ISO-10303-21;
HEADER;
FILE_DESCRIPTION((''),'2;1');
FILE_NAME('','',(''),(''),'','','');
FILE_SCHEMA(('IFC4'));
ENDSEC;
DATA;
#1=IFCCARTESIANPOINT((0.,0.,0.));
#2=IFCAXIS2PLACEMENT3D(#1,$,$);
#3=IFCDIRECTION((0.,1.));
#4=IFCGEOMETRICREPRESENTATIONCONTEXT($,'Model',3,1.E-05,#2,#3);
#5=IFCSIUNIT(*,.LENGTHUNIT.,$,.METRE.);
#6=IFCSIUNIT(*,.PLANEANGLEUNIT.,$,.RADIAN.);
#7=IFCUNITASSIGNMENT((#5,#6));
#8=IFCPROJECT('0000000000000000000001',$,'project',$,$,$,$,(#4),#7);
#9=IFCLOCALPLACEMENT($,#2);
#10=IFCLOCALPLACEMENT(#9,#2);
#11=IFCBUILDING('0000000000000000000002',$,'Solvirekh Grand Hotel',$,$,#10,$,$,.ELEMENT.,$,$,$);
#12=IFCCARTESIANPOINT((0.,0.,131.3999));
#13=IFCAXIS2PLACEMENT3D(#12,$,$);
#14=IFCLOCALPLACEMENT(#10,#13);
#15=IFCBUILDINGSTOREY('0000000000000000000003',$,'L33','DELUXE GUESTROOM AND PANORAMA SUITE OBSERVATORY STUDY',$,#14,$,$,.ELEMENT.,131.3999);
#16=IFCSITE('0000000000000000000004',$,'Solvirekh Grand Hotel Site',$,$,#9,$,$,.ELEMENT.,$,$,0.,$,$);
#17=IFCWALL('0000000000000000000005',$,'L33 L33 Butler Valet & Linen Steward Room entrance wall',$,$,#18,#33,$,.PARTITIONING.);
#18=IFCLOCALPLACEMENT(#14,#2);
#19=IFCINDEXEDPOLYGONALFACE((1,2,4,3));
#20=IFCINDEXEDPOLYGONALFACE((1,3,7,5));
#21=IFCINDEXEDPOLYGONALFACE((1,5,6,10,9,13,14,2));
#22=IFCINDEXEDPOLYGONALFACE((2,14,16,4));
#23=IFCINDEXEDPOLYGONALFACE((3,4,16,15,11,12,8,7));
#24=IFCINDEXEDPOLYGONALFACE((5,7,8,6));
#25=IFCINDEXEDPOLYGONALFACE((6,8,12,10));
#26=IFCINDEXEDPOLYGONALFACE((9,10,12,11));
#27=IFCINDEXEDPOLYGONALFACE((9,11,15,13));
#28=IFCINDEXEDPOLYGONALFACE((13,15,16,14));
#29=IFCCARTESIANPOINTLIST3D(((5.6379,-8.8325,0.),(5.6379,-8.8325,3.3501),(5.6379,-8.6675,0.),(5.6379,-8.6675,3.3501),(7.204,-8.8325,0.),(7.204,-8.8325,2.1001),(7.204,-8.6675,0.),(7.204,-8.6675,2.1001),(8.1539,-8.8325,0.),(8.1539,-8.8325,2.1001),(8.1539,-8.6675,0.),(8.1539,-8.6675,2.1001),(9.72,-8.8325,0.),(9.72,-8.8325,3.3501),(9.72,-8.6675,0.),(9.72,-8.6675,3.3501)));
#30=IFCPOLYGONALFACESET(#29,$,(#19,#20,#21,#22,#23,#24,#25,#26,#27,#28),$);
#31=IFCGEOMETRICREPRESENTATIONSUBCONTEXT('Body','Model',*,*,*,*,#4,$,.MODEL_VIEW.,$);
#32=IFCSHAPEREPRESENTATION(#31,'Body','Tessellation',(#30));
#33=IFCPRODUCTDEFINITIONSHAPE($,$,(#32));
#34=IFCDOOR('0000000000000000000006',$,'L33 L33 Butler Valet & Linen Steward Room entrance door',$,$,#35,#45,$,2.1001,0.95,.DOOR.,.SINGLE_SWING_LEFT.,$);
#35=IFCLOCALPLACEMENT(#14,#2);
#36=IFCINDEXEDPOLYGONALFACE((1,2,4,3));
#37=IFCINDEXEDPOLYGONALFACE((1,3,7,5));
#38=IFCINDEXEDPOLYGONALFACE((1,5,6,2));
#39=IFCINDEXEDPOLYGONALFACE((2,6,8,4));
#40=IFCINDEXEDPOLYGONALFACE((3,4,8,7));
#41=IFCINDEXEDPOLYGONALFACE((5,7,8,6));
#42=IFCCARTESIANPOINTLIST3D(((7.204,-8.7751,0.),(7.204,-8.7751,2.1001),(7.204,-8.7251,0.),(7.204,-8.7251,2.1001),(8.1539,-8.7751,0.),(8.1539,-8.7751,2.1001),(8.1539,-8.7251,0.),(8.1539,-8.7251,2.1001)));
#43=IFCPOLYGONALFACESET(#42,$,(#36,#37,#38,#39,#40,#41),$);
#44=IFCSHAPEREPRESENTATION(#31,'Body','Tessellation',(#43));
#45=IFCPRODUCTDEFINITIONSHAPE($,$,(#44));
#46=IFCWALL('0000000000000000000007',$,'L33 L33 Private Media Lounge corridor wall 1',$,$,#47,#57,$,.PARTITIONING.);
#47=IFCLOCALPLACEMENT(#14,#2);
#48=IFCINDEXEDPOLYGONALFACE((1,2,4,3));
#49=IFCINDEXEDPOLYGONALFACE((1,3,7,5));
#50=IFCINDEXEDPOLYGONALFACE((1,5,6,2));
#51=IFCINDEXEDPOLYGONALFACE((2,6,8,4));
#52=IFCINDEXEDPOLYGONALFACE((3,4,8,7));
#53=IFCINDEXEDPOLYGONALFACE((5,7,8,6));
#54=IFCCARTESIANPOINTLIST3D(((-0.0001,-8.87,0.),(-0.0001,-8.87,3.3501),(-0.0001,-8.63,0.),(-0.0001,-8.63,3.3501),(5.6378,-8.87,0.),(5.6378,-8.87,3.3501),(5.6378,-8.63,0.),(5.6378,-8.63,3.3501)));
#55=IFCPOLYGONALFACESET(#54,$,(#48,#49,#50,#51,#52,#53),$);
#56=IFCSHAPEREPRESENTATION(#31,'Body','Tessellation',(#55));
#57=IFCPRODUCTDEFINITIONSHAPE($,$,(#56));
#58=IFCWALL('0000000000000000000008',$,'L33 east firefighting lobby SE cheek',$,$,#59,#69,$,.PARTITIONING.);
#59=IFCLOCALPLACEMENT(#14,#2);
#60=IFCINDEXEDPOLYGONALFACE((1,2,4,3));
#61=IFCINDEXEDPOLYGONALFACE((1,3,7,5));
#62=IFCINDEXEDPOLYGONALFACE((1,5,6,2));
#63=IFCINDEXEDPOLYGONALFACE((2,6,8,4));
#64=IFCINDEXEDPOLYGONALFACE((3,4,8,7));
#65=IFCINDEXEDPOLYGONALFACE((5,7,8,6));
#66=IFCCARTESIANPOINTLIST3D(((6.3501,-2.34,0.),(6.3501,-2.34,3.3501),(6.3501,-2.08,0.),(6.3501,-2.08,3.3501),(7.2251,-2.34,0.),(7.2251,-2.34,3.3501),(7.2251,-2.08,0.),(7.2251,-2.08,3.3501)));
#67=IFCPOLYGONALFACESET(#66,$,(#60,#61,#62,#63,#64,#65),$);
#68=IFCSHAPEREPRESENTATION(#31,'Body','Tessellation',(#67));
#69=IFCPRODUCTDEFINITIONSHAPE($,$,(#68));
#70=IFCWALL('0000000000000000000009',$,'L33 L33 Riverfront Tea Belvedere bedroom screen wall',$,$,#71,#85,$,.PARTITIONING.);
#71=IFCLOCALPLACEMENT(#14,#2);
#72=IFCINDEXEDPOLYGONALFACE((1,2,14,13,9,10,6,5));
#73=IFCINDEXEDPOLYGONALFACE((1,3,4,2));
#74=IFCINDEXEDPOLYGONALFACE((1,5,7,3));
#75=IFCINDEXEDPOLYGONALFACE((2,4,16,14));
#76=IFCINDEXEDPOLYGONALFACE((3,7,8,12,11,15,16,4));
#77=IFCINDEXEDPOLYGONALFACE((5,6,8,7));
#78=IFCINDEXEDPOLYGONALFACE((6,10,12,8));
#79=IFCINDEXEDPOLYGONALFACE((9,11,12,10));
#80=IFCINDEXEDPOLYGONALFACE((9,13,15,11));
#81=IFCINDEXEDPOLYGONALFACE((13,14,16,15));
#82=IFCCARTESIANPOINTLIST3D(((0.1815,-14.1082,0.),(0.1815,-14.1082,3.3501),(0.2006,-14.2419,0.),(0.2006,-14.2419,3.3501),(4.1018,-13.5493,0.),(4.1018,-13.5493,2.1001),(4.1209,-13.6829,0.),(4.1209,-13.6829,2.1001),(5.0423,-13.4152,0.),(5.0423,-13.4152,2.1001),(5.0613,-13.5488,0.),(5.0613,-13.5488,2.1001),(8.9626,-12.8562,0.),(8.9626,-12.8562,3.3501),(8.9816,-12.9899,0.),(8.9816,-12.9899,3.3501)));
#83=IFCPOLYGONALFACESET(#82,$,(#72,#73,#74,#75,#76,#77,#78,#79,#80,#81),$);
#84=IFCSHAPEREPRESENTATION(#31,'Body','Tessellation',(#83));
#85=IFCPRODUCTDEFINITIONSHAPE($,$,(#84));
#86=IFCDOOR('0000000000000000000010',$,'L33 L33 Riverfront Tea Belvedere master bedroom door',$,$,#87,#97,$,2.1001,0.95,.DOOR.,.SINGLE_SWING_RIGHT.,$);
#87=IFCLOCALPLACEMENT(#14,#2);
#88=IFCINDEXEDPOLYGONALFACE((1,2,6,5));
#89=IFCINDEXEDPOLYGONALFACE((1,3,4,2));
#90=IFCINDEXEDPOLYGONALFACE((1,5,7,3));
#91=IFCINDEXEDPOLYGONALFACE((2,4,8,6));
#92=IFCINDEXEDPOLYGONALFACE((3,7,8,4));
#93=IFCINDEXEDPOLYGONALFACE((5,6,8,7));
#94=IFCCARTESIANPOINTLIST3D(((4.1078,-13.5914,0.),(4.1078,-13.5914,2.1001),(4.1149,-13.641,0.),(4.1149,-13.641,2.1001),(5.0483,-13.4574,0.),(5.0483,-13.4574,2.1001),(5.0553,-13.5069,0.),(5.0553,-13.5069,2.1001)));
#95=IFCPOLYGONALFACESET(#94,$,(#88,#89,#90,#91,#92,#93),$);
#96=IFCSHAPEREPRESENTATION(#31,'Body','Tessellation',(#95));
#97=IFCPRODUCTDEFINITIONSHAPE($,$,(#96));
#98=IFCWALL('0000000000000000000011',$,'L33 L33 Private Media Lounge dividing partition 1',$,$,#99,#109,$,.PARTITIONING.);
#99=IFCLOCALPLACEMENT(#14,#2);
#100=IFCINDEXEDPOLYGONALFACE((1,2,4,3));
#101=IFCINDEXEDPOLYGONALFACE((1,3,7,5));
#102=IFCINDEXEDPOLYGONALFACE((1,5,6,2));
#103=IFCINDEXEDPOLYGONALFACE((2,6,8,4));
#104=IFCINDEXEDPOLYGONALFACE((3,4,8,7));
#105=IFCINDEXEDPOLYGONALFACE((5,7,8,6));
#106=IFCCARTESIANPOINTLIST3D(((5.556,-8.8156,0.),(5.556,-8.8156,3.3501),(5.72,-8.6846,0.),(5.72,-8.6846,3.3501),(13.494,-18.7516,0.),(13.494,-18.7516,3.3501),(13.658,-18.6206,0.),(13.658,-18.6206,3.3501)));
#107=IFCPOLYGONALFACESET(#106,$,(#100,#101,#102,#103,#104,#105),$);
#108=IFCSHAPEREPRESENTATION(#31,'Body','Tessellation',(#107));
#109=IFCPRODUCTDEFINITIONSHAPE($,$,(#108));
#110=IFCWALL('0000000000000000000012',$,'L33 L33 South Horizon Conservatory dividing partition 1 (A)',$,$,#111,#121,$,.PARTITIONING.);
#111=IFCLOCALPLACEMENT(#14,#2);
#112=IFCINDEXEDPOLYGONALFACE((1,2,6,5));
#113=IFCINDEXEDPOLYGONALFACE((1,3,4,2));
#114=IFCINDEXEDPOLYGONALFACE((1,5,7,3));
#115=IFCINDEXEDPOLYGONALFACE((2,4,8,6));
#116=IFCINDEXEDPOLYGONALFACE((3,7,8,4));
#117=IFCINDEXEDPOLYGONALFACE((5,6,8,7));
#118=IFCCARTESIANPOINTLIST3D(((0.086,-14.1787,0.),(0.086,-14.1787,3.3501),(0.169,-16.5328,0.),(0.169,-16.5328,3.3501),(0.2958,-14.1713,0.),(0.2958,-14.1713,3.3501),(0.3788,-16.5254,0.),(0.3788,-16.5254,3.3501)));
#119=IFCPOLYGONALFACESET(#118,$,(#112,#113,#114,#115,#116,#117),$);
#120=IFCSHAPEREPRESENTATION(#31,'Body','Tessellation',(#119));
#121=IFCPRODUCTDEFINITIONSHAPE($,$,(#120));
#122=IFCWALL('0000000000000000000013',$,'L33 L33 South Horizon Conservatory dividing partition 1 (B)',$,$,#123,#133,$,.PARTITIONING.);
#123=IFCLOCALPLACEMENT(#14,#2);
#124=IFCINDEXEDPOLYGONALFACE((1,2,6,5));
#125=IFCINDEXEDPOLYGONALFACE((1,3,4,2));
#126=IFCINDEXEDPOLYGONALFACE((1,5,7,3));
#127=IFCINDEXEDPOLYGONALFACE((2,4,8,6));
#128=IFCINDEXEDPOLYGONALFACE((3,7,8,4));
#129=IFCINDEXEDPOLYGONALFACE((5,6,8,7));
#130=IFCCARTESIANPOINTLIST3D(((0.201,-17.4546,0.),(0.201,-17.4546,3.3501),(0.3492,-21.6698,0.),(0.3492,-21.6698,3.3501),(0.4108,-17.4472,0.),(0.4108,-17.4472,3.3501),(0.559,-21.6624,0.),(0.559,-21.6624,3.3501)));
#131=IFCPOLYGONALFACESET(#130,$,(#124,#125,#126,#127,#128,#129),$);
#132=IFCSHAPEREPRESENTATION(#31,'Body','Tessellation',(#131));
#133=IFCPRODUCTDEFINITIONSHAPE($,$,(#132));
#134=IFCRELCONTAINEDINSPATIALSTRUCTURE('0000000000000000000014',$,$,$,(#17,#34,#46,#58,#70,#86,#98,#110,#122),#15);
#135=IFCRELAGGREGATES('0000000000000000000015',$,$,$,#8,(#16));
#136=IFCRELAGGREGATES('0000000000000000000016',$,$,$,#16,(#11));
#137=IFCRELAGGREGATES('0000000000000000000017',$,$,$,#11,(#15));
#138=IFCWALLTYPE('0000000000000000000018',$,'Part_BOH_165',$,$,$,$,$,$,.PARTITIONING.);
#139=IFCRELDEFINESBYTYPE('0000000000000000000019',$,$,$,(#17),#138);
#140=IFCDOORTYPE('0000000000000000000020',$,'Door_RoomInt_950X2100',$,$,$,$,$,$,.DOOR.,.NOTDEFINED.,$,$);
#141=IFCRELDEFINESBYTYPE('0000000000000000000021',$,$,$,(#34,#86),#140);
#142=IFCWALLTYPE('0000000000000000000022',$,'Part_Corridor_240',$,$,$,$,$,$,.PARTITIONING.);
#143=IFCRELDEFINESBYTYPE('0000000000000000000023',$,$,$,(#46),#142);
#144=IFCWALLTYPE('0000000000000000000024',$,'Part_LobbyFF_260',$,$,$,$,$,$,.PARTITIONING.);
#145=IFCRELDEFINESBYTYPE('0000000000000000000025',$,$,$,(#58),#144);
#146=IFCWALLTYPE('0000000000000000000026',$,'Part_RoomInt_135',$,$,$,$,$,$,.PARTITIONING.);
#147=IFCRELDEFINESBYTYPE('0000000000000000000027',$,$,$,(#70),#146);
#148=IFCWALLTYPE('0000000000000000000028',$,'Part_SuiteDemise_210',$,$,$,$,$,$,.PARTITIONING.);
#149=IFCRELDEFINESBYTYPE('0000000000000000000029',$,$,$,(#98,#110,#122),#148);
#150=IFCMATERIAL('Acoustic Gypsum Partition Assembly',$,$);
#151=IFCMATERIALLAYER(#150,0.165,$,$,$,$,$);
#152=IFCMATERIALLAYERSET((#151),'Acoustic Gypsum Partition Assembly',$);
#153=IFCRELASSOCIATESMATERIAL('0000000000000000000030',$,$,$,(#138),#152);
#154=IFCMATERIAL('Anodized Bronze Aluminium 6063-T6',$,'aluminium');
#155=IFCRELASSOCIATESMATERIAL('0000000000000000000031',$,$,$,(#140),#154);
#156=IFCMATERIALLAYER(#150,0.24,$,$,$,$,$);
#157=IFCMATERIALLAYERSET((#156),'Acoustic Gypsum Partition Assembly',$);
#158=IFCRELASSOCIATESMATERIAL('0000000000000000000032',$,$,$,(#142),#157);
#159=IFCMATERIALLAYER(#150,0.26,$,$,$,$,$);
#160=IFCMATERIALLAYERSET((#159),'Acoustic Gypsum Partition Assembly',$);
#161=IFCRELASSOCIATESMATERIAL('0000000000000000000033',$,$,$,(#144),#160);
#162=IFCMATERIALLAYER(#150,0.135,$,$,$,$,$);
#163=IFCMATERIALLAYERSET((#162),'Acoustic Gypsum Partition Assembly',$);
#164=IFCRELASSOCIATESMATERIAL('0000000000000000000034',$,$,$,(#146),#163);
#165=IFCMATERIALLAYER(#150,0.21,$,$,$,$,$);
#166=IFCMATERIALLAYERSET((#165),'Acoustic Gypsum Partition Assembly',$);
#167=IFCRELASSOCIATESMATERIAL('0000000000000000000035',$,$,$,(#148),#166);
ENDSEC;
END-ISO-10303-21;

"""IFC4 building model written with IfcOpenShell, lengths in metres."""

from ifc_helpers import new_model, si_unit, direction, frame, frame_2d, origin, place, context, subcontext, project, spatial, rectangle, extrude, material, layer, layer_set, type_object, element, fill, save


model = new_model("IFC4")

# Units and contexts
model_context = context("Model", 3, precision=1e-05, world=origin(), true_north=direction((0.0, 1.0)))
body_context = subcontext(model_context, "Body", "Model", "MODEL_VIEW")
ifc_project = project(units=[si_unit("LENGTHUNIT", "METRE"), si_unit("PLANEANGLEUNIT", "RADIAN")], contexts=[model_context])

# Site, building, storey
site_placement = place(None, origin())
site = spatial("IfcSite", under=ifc_project, at=site_placement, Name="Solvirekh Grand Hotel Site", CompositionType="ELEMENT", RefElevation=0.0)
building_placement = place(site_placement, origin())
building = spatial("IfcBuilding", under=site, at=building_placement, Name="Solvirekh Grand Hotel", CompositionType="ELEMENT")
storey_placement = place(building_placement, frame((0.0, 0.0, 131.3999)))
storey = spatial("IfcBuildingStorey", under=building, at=storey_placement, Name="L33", Description="DELUXE GUESTROOM AND PANORAMA SUITE OBSERVATORY STUDY", CompositionType="ELEMENT", Elevation=131.3999)

# Shared definitions
ifc_material_1 = material(Name="Anodized Bronze Aluminium 6063-T6", Category="aluminium")

# Wall, opening, door
ifc_material_2 = material(Name="Acoustic Gypsum Partition Assembly")
ifc_layer_1 = layer(ifc_material_2, 0.165)
ifc_layer_set_1 = layer_set([ifc_layer_1], Name="Acoustic Gypsum Partition Assembly")
wall_type_1 = type_object("IfcWallType", Name="Part_BOH_165", PredefinedType="PARTITIONING", material=ifc_layer_set_1)
wall_1_placement = place(storey_placement, frame((5.6379, -8.75, 0.0), z_axis=(0.0, 0.0, 1.0), x_axis=(1.0, 0.0, 0.0)))
wall_1 = element("IfcWall", 1, at=wall_1_placement, inside=storey, type_object=wall_type_1, Name="L33 L33 Butler Valet & Linen Steward Room entrance wall", PredefinedType="PARTITIONING", context=body_context, shape_type="SweptSolid", body=[
    extrude(rectangle(XDim=4.082, YDim=0.165, at=frame_2d((2.041, 0.0))), origin(), (0.0, 0.0, 1.0), 3.3501),
])
opening_1_placement = place(wall_1_placement, frame((1.5659, 0.0, 0.0)))
opening_1 = element("IfcOpeningElement", 2, at=opening_1_placement, cuts=wall_1, PredefinedType="OPENING", context=body_context, shape_type="SweptSolid", body=[
    extrude(rectangle(XDim=0.95, YDim=2.1001, at=frame_2d((0.4751, 1.05))), frame((0.0, 0.0925, 0.0), z_axis=(0.0, -1.0, 0.0), x_axis=(1.0, 0.0, 0.0)), (0.0, 0.0, 1.0), 0.1851),
])
door_type_1 = type_object("IfcDoorType", Name="Door_RoomInt_950X2100", OperationType="NOTDEFINED", PredefinedType="DOOR", material=ifc_material_1)
door_1_placement = place(opening_1_placement, origin())
door_1 = element("IfcDoor", 3, at=door_1_placement, inside=storey, type_object=door_type_1, Name="L33 L33 Butler Valet & Linen Steward Room entrance door", OperationType="SINGLE_SWING_LEFT", OverallHeight=2.1001, OverallWidth=0.95, PredefinedType="DOOR", context=body_context, shape_type="SweptSolid", body=[
    extrude(rectangle(XDim=0.95, YDim=2.1001, at=frame_2d((0.4751, 1.05))), frame((0.0, 0.0249, 0.0), z_axis=(0.0, -1.0, 0.0), x_axis=(1.0, 0.0, 0.0)), (0.0, 0.0, 1.0), 0.05),
])
fill(opening_1, door_1)

# Walls
ifc_layer_2 = layer(ifc_material_2, 0.24)
ifc_layer_set_2 = layer_set([ifc_layer_2], Name="Acoustic Gypsum Partition Assembly")
wall_type_2 = type_object("IfcWallType", Name="Part_Corridor_240", PredefinedType="PARTITIONING", material=ifc_layer_set_2)
wall_2_placement = place(storey_placement, frame((0.0, -8.75, 0.0), z_axis=(0.0, 0.0, 1.0), x_axis=(1.0, 0.0, 0.0)))
element("IfcWall", 4, at=wall_2_placement, inside=storey, type_object=wall_type_2, Name="L33 L33 Private Media Lounge corridor wall 1", PredefinedType="PARTITIONING", context=body_context, shape_type="SweptSolid", body=[
    extrude(rectangle(XDim=5.6379, YDim=0.24, at=frame_2d((2.8188, 0.0))), origin(), (0.0, 0.0, 1.0), 3.3501),
])
ifc_layer_3 = layer(ifc_material_2, 0.26)
ifc_layer_set_3 = layer_set([ifc_layer_3], Name="Acoustic Gypsum Partition Assembly")
wall_type_3 = type_object("IfcWallType", Name="Part_LobbyFF_260", PredefinedType="PARTITIONING", material=ifc_layer_set_3)
wall_3_placement = place(storey_placement, frame((6.3501, -2.21, 0.0), z_axis=(0.0, 0.0, 1.0), x_axis=(1.0, 0.0, 0.0)))
element("IfcWall", 5, at=wall_3_placement, inside=storey, type_object=wall_type_3, Name="L33 east firefighting lobby SE cheek", PredefinedType="PARTITIONING", context=body_context, shape_type="SweptSolid", body=[
    extrude(rectangle(XDim=0.875, YDim=0.26, at=frame_2d((0.4375, 0.0))), origin(), (0.0, 0.0, 1.0), 3.3501),
])

# Wall, opening, door
ifc_layer_4 = layer(ifc_material_2, 0.135)
ifc_layer_set_4 = layer_set([ifc_layer_4], Name="Acoustic Gypsum Partition Assembly")
wall_type_4 = type_object("IfcWallType", Name="Part_RoomInt_135", PredefinedType="PARTITIONING", material=ifc_layer_set_4)
wall_4_placement = place(storey_placement, frame((0.1909, -14.175, 0.0), z_axis=(0.0, 0.0, 1.0), x_axis=(0.989989, 0.141148, 0.0)))
wall_4 = element("IfcWall", 6, at=wall_4_placement, inside=storey, type_object=wall_type_4, Name="L33 L33 Riverfront Tea Belvedere bedroom screen wall", PredefinedType="PARTITIONING", context=body_context, shape_type="SweptSolid", body=[
    extrude(rectangle(XDim=8.8699, YDim=0.135, at=frame_2d((4.4351, 0.0))), origin(), (0.0, 0.0, 1.0), 3.3501),
])
opening_2_placement = place(wall_4_placement, frame((3.96, 0.0, 0.0)))
opening_2 = element("IfcOpeningElement", 7, at=opening_2_placement, cuts=wall_4, PredefinedType="OPENING", context=body_context, shape_type="SweptSolid", body=[
    extrude(rectangle(XDim=0.95, YDim=2.1001, at=frame_2d((0.4751, 1.05))), frame((0.0, 0.0776, 0.0), z_axis=(0.0, -1.0, 0.0), x_axis=(1.0, 0.0, 0.0)), (0.0, 0.0, 1.0), 0.155),
])
door_2_placement = place(opening_2_placement, origin())
door_2 = element("IfcDoor", 8, at=door_2_placement, inside=storey, type_object=door_type_1, Name="L33 L33 Riverfront Tea Belvedere master bedroom door", OperationType="SINGLE_SWING_RIGHT", OverallHeight=2.1001, OverallWidth=0.95, PredefinedType="DOOR", context=body_context, shape_type="SweptSolid", body=[
    extrude(rectangle(XDim=0.95, YDim=2.1001, at=frame_2d((0.4751, 1.05))), frame((0.0, 0.0249, 0.0), z_axis=(0.0, -1.0, 0.0), x_axis=(1.0, 0.0, 0.0)), (0.0, 0.0, 1.0), 0.05),
])
fill(opening_2, door_2)

# Walls
ifc_layer_5 = layer(ifc_material_2, 0.21)
ifc_layer_set_5 = layer_set([ifc_layer_5], Name="Acoustic Gypsum Partition Assembly")
wall_type_5 = type_object("IfcWallType", Name="Part_SuiteDemise_210", PredefinedType="PARTITIONING", material=ifc_layer_set_5)
wall_5_placement = place(storey_placement, frame((5.6379, -8.75, 0.0), z_axis=(0.0, 0.0, 1.0), x_axis=(0.624175, -0.781284, 0.0)))
element("IfcWall", 9, at=wall_5_placement, inside=storey, type_object=wall_type_5, Name="L33 L33 Private Media Lounge dividing partition 1", PredefinedType="PARTITIONING", context=body_context, shape_type="SweptSolid", body=[
    extrude(rectangle(XDim=12.7175, YDim=0.21, at=frame_2d((6.3589, 0.0))), origin(), (0.0, 0.0, 1.0), 3.3501),
])
wall_6_placement = place(storey_placement, frame((0.1909, -14.175, 0.0), z_axis=(0.0, 0.0, 1.0), x_axis=(0.03524, -0.999379, 0.0)))
element("IfcWall", 10, at=wall_6_placement, inside=storey, type_object=wall_type_5, Name="L33 L33 South Horizon Conservatory dividing partition 1 (A)", PredefinedType="PARTITIONING", context=body_context, shape_type="SweptSolid", body=[
    extrude(rectangle(XDim=2.3555, YDim=0.21, at=frame_2d((1.1777, 0.0))), origin(), (0.0, 0.0, 1.0), 3.3501),
])
wall_7_placement = place(storey_placement, frame((0.3059, -17.4509, 0.0), z_axis=(0.0, 0.0, 1.0), x_axis=(0.035136, -0.999383, 0.0)))
element("IfcWall", 11, at=wall_7_placement, inside=storey, type_object=wall_type_5, Name="L33 L33 South Horizon Conservatory dividing partition 1 (B)", PredefinedType="PARTITIONING", context=body_context, shape_type="SweptSolid", body=[
    extrude(rectangle(XDim=4.2178, YDim=0.21, at=frame_2d((2.1089, 0.0))), origin(), (0.0, 0.0, 1.0), 3.3501),
])

save(model, "model.ifc")
